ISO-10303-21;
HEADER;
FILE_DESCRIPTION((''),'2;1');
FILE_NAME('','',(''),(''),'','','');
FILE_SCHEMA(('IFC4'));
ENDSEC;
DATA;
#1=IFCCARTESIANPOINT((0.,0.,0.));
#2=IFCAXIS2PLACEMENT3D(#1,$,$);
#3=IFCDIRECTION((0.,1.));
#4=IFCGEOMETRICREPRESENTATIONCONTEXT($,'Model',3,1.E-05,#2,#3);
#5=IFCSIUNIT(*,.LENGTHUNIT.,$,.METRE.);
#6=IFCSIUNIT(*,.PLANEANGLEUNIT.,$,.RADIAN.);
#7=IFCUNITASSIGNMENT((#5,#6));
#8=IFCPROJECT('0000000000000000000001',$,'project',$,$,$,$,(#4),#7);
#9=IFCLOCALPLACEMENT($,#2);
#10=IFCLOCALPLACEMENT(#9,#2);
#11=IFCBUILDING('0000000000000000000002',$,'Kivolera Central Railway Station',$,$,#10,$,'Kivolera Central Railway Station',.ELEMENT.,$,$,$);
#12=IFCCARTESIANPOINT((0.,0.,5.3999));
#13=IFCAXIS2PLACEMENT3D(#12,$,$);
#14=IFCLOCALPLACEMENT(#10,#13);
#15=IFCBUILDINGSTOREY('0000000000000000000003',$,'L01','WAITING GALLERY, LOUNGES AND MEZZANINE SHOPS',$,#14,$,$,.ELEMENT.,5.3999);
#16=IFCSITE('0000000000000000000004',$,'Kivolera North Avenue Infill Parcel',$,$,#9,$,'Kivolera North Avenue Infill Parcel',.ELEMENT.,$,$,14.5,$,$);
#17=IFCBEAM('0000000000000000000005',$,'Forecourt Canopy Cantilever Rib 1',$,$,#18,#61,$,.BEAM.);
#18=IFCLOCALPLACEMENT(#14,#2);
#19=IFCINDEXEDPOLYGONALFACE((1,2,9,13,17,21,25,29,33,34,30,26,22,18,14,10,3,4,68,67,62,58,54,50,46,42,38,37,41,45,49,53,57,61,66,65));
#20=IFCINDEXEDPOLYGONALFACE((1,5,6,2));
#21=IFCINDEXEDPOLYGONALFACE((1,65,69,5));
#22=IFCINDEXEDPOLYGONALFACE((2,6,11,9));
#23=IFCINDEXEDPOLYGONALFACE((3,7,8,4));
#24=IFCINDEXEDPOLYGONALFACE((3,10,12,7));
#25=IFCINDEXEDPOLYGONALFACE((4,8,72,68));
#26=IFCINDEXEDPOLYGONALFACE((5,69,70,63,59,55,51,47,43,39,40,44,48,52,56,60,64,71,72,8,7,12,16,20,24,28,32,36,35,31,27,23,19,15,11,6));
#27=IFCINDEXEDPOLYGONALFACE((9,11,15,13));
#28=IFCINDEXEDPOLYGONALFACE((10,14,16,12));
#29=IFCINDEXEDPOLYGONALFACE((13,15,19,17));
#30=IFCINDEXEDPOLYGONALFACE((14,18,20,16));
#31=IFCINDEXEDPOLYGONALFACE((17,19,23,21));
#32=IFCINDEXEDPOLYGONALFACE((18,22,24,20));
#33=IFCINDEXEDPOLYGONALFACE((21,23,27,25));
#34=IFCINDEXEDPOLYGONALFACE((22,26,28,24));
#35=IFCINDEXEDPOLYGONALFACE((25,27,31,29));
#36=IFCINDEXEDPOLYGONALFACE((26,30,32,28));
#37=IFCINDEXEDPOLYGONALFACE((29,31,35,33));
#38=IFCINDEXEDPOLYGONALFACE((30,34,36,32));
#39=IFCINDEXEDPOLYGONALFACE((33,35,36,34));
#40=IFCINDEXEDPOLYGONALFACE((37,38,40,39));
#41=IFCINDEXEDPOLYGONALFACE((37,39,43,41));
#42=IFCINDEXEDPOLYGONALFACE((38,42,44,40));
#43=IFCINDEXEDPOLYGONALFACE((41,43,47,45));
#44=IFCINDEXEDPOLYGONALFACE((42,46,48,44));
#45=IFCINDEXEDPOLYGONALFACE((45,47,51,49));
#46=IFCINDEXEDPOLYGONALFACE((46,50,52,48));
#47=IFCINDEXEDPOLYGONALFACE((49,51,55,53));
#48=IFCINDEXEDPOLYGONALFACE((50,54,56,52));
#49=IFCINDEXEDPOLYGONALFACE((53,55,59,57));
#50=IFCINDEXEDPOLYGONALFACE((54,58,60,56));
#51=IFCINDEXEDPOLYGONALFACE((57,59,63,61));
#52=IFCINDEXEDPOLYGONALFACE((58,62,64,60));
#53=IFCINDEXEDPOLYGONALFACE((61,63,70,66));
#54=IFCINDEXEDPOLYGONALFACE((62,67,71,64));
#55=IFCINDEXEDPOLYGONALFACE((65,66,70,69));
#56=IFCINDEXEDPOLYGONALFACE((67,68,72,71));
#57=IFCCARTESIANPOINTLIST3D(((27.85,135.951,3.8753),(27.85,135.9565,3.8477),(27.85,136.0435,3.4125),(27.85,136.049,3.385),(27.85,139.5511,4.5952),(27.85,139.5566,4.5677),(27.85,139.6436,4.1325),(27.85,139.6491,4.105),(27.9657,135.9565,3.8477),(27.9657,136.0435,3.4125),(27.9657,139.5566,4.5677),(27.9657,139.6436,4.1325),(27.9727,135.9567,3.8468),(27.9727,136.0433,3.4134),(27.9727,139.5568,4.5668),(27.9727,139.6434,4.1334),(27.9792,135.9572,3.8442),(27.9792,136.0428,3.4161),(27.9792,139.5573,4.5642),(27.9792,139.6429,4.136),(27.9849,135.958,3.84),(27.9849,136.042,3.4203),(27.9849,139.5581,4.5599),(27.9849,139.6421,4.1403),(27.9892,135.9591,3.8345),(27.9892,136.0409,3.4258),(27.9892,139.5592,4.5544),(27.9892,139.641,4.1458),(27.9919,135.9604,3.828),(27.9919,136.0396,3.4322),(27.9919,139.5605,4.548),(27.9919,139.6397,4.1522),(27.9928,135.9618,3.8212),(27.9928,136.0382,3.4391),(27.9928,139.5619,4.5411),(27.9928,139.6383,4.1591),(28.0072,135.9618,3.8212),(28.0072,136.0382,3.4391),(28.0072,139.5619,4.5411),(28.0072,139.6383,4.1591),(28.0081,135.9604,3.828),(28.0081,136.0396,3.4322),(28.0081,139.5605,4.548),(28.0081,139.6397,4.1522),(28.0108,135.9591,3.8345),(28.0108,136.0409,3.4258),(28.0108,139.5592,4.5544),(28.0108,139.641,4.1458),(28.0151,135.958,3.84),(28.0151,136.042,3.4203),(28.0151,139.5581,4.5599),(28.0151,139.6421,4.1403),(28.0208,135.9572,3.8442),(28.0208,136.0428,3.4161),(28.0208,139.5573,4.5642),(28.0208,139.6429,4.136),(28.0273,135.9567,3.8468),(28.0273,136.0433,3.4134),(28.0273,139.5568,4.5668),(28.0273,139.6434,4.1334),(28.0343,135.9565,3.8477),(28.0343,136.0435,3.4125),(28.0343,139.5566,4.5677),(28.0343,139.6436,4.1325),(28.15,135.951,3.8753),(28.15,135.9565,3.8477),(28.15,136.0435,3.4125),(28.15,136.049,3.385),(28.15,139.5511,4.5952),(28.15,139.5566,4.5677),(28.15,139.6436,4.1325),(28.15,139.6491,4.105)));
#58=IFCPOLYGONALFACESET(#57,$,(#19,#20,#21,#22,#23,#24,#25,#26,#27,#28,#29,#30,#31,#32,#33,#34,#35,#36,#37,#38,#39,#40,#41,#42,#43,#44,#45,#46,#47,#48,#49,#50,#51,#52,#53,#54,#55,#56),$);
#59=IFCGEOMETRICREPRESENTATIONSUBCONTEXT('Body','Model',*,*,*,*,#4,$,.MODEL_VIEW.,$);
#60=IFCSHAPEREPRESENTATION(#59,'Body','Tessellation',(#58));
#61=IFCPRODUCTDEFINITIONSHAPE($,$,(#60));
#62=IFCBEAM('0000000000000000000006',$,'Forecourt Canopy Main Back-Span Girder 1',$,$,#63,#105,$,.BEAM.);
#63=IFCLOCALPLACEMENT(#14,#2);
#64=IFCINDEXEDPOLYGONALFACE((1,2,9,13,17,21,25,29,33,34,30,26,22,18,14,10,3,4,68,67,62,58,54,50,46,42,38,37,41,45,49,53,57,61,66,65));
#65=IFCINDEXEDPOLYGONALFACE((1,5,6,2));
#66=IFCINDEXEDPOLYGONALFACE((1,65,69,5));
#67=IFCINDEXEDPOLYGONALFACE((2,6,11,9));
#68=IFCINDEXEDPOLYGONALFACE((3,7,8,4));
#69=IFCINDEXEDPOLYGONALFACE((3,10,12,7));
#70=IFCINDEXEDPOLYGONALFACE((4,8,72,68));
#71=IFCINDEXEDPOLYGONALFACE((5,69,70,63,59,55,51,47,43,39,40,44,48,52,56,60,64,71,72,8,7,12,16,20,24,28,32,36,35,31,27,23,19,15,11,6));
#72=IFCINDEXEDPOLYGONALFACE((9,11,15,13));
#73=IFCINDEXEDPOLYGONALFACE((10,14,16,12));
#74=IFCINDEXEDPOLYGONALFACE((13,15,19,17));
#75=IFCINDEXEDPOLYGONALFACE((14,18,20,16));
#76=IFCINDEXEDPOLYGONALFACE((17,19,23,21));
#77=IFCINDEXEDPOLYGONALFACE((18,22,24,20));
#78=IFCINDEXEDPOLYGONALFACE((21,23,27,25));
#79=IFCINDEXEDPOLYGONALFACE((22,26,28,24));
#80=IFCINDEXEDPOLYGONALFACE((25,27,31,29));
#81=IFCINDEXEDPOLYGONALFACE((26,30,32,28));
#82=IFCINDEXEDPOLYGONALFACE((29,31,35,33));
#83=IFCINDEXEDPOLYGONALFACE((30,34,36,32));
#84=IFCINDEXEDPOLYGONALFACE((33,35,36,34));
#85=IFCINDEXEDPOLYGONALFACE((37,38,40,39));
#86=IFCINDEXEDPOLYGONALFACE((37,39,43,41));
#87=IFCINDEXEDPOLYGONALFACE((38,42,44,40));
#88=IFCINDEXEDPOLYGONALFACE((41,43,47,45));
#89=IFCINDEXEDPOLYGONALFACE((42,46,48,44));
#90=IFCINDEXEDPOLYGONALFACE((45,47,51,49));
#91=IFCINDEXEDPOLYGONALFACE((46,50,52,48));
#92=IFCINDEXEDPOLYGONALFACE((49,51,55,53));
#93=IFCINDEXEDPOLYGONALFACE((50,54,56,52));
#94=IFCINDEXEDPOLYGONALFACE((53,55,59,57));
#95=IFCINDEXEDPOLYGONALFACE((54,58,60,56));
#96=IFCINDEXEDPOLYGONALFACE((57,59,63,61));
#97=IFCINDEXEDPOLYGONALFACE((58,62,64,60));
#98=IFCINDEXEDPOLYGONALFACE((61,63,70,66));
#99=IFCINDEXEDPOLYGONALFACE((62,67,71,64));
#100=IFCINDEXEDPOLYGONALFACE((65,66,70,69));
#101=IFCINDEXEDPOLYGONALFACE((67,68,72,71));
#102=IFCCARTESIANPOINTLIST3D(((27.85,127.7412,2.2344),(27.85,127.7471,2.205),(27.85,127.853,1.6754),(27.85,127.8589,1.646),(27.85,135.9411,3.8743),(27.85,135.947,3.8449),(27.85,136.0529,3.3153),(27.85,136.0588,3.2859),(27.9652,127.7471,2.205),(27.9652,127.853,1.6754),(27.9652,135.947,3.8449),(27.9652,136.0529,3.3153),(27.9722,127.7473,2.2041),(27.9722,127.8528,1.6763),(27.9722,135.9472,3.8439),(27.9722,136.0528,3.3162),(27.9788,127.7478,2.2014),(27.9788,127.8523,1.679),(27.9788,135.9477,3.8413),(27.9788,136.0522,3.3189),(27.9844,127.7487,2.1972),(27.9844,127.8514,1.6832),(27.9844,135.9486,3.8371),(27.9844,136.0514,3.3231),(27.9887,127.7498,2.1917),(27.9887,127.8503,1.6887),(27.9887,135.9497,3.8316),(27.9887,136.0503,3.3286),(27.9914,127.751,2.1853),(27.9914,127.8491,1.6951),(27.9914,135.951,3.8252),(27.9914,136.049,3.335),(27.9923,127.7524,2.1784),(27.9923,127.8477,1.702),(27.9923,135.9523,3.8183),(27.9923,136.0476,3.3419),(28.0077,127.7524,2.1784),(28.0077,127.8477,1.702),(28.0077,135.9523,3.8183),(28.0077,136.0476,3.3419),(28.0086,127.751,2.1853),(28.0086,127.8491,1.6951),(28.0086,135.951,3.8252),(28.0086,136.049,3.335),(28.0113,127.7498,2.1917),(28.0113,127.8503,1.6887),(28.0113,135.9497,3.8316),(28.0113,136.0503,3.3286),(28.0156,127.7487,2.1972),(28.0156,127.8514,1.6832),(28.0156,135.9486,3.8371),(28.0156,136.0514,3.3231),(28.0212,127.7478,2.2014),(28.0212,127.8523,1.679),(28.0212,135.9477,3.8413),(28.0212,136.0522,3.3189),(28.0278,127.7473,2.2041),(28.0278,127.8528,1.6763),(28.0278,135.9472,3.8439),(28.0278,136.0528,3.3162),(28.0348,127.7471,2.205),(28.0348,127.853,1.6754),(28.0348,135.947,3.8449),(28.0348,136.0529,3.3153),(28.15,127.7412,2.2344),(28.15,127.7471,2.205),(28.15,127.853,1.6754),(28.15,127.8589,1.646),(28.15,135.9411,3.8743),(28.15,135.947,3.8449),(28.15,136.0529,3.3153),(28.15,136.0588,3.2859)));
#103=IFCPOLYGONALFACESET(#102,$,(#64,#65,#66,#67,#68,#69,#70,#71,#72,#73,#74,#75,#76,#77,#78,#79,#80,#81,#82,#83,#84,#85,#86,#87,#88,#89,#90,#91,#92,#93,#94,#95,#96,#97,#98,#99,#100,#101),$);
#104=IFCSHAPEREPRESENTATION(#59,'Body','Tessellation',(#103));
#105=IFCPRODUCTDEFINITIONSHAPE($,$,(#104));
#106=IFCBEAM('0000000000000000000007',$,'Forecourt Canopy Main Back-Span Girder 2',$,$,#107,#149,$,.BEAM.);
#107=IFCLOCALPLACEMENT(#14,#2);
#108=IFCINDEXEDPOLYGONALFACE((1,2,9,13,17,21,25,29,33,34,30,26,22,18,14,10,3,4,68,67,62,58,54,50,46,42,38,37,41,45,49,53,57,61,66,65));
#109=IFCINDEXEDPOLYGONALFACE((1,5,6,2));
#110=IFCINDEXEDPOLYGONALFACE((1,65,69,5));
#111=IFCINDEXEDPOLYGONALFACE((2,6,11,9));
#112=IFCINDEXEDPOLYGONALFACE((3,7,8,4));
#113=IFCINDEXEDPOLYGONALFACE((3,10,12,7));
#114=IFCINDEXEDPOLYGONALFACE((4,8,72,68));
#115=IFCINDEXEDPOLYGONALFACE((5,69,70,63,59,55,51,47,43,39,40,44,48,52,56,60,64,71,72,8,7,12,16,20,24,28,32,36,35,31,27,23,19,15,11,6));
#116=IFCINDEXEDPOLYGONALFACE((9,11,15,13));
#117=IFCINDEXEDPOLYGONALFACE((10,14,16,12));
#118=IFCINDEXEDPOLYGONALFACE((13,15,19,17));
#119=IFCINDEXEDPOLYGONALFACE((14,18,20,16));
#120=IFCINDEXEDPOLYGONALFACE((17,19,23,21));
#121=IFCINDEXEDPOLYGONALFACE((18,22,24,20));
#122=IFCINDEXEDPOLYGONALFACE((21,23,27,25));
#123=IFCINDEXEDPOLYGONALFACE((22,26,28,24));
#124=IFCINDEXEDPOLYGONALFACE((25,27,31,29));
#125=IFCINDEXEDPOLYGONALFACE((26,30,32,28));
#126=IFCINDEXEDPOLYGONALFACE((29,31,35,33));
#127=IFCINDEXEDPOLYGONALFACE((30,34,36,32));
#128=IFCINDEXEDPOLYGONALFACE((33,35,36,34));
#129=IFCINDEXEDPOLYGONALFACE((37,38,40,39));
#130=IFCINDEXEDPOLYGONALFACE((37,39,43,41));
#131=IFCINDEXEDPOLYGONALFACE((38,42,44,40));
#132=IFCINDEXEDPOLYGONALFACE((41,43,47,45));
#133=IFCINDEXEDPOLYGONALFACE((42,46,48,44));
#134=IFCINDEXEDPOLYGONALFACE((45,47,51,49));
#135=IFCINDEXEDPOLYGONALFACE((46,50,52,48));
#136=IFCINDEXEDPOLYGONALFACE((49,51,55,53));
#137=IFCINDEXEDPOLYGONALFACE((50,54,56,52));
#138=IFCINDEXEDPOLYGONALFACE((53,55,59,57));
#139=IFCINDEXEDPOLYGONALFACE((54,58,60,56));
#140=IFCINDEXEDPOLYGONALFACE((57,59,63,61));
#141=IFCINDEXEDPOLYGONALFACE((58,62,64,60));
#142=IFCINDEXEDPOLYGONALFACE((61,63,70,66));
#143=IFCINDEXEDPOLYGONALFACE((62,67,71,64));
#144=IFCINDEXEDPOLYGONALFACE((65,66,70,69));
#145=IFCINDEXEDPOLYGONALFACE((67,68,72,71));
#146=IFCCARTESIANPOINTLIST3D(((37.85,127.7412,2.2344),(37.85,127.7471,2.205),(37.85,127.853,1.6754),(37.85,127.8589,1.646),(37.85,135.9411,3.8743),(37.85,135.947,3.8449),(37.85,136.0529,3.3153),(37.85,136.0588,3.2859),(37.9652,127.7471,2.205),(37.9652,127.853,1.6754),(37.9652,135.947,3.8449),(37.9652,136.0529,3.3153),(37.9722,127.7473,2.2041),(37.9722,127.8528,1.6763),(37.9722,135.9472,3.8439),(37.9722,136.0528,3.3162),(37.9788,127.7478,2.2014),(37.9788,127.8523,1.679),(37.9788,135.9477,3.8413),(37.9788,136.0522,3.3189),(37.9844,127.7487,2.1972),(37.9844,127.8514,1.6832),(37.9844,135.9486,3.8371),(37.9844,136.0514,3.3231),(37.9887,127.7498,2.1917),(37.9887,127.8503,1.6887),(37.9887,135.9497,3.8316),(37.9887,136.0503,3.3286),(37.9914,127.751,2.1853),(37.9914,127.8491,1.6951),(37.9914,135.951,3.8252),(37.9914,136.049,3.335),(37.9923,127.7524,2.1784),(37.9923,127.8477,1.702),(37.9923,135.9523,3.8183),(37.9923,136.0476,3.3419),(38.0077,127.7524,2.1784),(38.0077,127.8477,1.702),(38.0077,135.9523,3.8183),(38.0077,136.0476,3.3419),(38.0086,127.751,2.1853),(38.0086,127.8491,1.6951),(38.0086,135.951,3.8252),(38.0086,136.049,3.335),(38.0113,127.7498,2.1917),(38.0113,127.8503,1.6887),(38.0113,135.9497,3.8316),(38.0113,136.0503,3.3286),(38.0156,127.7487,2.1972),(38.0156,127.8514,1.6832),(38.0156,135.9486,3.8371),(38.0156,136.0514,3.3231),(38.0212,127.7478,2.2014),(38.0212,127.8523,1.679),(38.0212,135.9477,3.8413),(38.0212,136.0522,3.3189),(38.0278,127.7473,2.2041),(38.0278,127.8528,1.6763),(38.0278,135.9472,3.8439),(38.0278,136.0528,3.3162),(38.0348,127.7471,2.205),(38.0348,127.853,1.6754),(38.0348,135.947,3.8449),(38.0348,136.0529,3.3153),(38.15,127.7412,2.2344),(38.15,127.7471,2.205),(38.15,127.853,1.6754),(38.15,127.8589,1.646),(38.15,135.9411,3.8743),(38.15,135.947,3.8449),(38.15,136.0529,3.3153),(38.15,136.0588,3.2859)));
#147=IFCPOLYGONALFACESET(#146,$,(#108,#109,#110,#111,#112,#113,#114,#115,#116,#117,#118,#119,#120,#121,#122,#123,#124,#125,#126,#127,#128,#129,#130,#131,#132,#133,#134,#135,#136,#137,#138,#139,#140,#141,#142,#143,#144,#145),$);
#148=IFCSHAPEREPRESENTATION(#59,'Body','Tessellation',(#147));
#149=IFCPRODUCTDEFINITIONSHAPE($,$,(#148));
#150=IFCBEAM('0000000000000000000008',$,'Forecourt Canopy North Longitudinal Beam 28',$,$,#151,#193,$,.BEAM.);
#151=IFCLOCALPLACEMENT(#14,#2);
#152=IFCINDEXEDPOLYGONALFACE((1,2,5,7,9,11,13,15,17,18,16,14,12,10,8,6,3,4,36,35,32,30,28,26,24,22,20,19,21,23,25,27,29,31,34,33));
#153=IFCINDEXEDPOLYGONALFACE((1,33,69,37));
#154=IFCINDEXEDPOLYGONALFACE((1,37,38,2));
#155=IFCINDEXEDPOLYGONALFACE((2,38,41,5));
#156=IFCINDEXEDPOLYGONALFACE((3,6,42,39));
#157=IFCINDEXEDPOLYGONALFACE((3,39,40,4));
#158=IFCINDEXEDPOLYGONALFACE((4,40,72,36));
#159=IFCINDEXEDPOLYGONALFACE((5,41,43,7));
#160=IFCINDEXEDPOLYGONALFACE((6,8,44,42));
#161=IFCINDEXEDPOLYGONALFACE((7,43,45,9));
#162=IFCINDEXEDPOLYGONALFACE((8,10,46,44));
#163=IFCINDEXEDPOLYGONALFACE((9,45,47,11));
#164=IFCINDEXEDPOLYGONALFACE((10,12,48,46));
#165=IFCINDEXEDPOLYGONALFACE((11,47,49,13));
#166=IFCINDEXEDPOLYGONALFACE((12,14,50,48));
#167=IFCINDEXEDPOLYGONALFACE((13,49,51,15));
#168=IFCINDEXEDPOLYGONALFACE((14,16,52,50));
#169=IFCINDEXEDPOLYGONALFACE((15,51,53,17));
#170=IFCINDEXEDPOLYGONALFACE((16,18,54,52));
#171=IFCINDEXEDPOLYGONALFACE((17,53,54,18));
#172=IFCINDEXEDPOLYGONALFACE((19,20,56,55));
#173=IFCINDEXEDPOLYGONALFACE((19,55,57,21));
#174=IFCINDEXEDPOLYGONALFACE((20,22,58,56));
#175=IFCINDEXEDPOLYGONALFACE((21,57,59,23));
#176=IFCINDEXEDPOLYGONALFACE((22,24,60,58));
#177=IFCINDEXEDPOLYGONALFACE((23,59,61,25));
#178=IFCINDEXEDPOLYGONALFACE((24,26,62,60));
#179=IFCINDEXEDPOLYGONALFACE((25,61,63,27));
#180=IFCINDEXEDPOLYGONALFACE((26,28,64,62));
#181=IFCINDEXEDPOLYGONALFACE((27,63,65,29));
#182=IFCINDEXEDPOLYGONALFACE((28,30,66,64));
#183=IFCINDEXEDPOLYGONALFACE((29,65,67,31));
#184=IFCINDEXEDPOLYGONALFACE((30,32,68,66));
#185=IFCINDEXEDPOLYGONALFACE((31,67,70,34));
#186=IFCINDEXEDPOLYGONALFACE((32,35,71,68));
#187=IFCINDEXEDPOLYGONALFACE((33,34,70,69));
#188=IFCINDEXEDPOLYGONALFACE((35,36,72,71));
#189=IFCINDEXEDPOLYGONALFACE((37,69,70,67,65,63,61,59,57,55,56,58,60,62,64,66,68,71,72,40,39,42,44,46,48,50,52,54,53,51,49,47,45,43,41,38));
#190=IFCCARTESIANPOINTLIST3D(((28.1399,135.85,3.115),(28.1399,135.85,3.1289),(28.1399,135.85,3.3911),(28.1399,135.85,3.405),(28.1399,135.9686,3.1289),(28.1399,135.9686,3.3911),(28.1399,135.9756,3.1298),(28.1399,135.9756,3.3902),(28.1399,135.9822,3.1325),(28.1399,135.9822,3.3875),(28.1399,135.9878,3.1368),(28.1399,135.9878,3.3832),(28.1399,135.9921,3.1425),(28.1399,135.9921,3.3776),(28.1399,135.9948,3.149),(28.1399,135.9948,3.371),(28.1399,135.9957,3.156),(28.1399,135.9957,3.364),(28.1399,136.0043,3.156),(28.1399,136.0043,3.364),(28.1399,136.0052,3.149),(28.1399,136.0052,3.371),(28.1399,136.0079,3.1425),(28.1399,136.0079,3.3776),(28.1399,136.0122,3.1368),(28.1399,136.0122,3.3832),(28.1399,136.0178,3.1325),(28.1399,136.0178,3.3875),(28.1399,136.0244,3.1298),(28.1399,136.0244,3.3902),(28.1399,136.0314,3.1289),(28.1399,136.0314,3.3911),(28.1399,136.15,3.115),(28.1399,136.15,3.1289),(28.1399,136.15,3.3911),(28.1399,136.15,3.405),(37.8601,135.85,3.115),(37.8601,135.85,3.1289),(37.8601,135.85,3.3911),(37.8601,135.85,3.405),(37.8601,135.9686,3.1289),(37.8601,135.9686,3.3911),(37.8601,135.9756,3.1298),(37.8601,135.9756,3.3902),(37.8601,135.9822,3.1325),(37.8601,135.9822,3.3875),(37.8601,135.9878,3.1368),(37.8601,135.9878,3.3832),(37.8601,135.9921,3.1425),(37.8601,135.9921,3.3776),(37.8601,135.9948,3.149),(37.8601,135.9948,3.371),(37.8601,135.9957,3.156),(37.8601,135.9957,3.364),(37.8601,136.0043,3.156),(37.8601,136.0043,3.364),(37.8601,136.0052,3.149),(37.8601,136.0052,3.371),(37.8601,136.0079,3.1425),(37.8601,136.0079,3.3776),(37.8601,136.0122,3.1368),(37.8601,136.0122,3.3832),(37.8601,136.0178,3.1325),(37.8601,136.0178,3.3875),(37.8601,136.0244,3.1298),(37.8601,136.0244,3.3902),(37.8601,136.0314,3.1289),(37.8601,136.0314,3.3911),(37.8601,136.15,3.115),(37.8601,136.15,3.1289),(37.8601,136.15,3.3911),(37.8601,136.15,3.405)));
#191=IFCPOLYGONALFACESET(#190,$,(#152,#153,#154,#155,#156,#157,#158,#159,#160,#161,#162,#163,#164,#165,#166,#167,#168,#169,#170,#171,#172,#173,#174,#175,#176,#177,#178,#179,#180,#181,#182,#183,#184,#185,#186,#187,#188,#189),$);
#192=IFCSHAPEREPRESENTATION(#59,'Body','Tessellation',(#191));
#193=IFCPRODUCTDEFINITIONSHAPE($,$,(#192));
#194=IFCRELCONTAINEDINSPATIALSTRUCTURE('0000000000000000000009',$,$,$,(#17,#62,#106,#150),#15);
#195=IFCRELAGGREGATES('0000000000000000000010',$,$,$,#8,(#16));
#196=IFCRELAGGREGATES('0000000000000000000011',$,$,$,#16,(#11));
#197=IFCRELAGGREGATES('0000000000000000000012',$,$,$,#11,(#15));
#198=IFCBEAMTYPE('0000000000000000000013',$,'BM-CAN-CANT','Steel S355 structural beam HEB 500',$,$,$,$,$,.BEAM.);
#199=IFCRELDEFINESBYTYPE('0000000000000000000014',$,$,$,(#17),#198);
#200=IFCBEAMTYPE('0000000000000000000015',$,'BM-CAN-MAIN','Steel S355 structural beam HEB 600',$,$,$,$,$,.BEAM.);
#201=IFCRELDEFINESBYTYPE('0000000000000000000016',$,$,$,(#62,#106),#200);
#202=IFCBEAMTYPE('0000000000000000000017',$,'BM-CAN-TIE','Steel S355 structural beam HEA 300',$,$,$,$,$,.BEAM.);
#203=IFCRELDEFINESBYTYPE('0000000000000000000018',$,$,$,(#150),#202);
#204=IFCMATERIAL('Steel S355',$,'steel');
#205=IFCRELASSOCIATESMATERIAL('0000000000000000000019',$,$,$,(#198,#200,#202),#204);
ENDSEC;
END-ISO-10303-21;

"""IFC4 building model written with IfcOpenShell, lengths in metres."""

from ifc_helpers import new_model, si_unit, direction, frame, origin, origin_2d, place, context, subcontext, project, spatial, i_section, extrude, material, material_profile, profile_set, type_object, element, save


model = new_model("IFC4")

# Units and contexts
model_context = context("Model", 3, precision=1e-05, world=origin(), true_north=direction((0.0, 1.0)))
body_context = subcontext(model_context, "Body", "Model", "MODEL_VIEW")
ifc_project = project(units=[si_unit("LENGTHUNIT", "METRE"), si_unit("PLANEANGLEUNIT", "RADIAN")], contexts=[model_context])

# Site, building, storey
site_placement = place(None, origin())
site = spatial("IfcSite", under=ifc_project, at=site_placement, Name="Kivolera North Avenue Infill Parcel", LongName="Kivolera North Avenue Infill Parcel", CompositionType="ELEMENT", RefElevation=14.5)
building_placement = place(site_placement, origin())
building = spatial("IfcBuilding", under=site, at=building_placement, Name="Kivolera Central Railway Station", LongName="Kivolera Central Railway Station", CompositionType="ELEMENT")
storey_placement = place(building_placement, frame((0.0, 0.0, 5.3999)))
storey = spatial("IfcBuildingStorey", under=building, at=storey_placement, Name="L01", Description="WAITING GALLERY, LOUNGES AND MEZZANINE SHOPS", CompositionType="ELEMENT", Elevation=5.3999)

# Shared definitions
ifc_material_1 = material(Name="Steel S355", Category="steel")

# Beams
ifc_material_profile_1 = material_profile(ifc_material_1, i_section(OverallWidth=0.3, OverallDepth=0.5, WebThickness=0.0144, FlangeThickness=0.0281, FilletRadius=0.0271, at=origin_2d()), Name="HEB 500")
ifc_profile_set_1 = profile_set([ifc_material_profile_1], Name="Steel S355")
beam_type_1 = type_object("IfcBeamType", Name="BM-CAN-CANT", Description="Steel S355 structural beam HEB 500", PredefinedType="BEAM", material=ifc_profile_set_1)
beam_1_placement = place(storey_placement, frame((28.0, 136.0, 3.6301), z_axis=(0.0, 0.980583, 0.196103), x_axis=(-1.0, 0.0, 0.0)))
element("IfcBeam", 1, at=beam_1_placement, inside=storey, type_object=beam_type_1, Name="Forecourt Canopy Cantilever Rib 1", PredefinedType="BEAM", context=body_context, shape_type="SweptSolid", body=[
    extrude(i_section(OverallWidth=0.3, OverallDepth=0.5, WebThickness=0.0144, FlangeThickness=0.0281, FilletRadius=0.0271, at=origin_2d()), origin(), (0.0, 0.0, 1.0), 3.6714),
])
ifc_material_profile_2 = material_profile(ifc_material_1, i_section(OverallWidth=0.3, OverallDepth=0.6001, WebThickness=0.0154, FlangeThickness=0.03, FilletRadius=0.0271, at=origin_2d()), Name="HEB 600")
ifc_profile_set_2 = profile_set([ifc_material_profile_2], Name="Steel S355")
beam_type_2 = type_object("IfcBeamType", Name="BM-CAN-MAIN", Description="Steel S355 structural beam HEB 600", PredefinedType="BEAM", material=ifc_profile_set_2)
for number, where, z_axis, x_axis, name in (
    (2, (28.0, 127.8, 1.9402), (0.0, 0.980583, 0.196105), (-1.0, 0.0, 0.0), "Forecourt Canopy Main Back-Span Girder 1"),
    (3, (38.0, 127.8, 1.9402), (0.0, 0.980583, 0.196105), (-1.0, 0.0, 0.0), "Forecourt Canopy Main Back-Span Girder 2"),
):
    element("IfcBeam", number, at=place(storey_placement, frame(where, z_axis=z_axis, x_axis=x_axis)), inside=storey, type_object=beam_type_2, Name=name, PredefinedType="BEAM", context=body_context, shape_type="SweptSolid", body=[
        extrude(i_section(OverallWidth=0.3, OverallDepth=0.6001, WebThickness=0.0154, FlangeThickness=0.03, FilletRadius=0.0271, at=origin_2d()), origin(), (0.0, 0.0, 1.0), 8.3623),
    ])
ifc_material_profile_3 = material_profile(ifc_material_1, i_section(OverallWidth=0.3, OverallDepth=0.29, WebThickness=0.0085, FlangeThickness=0.0139, FilletRadius=0.0271, at=origin_2d()), Name="HEA 300")
ifc_profile_set_3 = profile_set([ifc_material_profile_3], Name="Steel S355")
beam_type_3 = type_object("IfcBeamType", Name="BM-CAN-TIE", Description="Steel S355 structural beam HEA 300", PredefinedType="BEAM", material=ifc_profile_set_3)
beam_2_placement = place(storey_placement, frame((28.1399, 136.0, 3.26), z_axis=(1.0, 0.0, 0.0), x_axis=(0.0, 1.0, 0.0)))
element("IfcBeam", 4, at=beam_2_placement, inside=storey, type_object=beam_type_3, Name="Forecourt Canopy North Longitudinal Beam 28", PredefinedType="BEAM", context=body_context, shape_type="SweptSolid", body=[
    extrude(i_section(OverallWidth=0.3, OverallDepth=0.29, WebThickness=0.0085, FlangeThickness=0.0139, FilletRadius=0.0271, at=origin_2d()), origin(), (0.0, 0.0, 1.0), 9.7202),
])

save(model, "model.ifc")
